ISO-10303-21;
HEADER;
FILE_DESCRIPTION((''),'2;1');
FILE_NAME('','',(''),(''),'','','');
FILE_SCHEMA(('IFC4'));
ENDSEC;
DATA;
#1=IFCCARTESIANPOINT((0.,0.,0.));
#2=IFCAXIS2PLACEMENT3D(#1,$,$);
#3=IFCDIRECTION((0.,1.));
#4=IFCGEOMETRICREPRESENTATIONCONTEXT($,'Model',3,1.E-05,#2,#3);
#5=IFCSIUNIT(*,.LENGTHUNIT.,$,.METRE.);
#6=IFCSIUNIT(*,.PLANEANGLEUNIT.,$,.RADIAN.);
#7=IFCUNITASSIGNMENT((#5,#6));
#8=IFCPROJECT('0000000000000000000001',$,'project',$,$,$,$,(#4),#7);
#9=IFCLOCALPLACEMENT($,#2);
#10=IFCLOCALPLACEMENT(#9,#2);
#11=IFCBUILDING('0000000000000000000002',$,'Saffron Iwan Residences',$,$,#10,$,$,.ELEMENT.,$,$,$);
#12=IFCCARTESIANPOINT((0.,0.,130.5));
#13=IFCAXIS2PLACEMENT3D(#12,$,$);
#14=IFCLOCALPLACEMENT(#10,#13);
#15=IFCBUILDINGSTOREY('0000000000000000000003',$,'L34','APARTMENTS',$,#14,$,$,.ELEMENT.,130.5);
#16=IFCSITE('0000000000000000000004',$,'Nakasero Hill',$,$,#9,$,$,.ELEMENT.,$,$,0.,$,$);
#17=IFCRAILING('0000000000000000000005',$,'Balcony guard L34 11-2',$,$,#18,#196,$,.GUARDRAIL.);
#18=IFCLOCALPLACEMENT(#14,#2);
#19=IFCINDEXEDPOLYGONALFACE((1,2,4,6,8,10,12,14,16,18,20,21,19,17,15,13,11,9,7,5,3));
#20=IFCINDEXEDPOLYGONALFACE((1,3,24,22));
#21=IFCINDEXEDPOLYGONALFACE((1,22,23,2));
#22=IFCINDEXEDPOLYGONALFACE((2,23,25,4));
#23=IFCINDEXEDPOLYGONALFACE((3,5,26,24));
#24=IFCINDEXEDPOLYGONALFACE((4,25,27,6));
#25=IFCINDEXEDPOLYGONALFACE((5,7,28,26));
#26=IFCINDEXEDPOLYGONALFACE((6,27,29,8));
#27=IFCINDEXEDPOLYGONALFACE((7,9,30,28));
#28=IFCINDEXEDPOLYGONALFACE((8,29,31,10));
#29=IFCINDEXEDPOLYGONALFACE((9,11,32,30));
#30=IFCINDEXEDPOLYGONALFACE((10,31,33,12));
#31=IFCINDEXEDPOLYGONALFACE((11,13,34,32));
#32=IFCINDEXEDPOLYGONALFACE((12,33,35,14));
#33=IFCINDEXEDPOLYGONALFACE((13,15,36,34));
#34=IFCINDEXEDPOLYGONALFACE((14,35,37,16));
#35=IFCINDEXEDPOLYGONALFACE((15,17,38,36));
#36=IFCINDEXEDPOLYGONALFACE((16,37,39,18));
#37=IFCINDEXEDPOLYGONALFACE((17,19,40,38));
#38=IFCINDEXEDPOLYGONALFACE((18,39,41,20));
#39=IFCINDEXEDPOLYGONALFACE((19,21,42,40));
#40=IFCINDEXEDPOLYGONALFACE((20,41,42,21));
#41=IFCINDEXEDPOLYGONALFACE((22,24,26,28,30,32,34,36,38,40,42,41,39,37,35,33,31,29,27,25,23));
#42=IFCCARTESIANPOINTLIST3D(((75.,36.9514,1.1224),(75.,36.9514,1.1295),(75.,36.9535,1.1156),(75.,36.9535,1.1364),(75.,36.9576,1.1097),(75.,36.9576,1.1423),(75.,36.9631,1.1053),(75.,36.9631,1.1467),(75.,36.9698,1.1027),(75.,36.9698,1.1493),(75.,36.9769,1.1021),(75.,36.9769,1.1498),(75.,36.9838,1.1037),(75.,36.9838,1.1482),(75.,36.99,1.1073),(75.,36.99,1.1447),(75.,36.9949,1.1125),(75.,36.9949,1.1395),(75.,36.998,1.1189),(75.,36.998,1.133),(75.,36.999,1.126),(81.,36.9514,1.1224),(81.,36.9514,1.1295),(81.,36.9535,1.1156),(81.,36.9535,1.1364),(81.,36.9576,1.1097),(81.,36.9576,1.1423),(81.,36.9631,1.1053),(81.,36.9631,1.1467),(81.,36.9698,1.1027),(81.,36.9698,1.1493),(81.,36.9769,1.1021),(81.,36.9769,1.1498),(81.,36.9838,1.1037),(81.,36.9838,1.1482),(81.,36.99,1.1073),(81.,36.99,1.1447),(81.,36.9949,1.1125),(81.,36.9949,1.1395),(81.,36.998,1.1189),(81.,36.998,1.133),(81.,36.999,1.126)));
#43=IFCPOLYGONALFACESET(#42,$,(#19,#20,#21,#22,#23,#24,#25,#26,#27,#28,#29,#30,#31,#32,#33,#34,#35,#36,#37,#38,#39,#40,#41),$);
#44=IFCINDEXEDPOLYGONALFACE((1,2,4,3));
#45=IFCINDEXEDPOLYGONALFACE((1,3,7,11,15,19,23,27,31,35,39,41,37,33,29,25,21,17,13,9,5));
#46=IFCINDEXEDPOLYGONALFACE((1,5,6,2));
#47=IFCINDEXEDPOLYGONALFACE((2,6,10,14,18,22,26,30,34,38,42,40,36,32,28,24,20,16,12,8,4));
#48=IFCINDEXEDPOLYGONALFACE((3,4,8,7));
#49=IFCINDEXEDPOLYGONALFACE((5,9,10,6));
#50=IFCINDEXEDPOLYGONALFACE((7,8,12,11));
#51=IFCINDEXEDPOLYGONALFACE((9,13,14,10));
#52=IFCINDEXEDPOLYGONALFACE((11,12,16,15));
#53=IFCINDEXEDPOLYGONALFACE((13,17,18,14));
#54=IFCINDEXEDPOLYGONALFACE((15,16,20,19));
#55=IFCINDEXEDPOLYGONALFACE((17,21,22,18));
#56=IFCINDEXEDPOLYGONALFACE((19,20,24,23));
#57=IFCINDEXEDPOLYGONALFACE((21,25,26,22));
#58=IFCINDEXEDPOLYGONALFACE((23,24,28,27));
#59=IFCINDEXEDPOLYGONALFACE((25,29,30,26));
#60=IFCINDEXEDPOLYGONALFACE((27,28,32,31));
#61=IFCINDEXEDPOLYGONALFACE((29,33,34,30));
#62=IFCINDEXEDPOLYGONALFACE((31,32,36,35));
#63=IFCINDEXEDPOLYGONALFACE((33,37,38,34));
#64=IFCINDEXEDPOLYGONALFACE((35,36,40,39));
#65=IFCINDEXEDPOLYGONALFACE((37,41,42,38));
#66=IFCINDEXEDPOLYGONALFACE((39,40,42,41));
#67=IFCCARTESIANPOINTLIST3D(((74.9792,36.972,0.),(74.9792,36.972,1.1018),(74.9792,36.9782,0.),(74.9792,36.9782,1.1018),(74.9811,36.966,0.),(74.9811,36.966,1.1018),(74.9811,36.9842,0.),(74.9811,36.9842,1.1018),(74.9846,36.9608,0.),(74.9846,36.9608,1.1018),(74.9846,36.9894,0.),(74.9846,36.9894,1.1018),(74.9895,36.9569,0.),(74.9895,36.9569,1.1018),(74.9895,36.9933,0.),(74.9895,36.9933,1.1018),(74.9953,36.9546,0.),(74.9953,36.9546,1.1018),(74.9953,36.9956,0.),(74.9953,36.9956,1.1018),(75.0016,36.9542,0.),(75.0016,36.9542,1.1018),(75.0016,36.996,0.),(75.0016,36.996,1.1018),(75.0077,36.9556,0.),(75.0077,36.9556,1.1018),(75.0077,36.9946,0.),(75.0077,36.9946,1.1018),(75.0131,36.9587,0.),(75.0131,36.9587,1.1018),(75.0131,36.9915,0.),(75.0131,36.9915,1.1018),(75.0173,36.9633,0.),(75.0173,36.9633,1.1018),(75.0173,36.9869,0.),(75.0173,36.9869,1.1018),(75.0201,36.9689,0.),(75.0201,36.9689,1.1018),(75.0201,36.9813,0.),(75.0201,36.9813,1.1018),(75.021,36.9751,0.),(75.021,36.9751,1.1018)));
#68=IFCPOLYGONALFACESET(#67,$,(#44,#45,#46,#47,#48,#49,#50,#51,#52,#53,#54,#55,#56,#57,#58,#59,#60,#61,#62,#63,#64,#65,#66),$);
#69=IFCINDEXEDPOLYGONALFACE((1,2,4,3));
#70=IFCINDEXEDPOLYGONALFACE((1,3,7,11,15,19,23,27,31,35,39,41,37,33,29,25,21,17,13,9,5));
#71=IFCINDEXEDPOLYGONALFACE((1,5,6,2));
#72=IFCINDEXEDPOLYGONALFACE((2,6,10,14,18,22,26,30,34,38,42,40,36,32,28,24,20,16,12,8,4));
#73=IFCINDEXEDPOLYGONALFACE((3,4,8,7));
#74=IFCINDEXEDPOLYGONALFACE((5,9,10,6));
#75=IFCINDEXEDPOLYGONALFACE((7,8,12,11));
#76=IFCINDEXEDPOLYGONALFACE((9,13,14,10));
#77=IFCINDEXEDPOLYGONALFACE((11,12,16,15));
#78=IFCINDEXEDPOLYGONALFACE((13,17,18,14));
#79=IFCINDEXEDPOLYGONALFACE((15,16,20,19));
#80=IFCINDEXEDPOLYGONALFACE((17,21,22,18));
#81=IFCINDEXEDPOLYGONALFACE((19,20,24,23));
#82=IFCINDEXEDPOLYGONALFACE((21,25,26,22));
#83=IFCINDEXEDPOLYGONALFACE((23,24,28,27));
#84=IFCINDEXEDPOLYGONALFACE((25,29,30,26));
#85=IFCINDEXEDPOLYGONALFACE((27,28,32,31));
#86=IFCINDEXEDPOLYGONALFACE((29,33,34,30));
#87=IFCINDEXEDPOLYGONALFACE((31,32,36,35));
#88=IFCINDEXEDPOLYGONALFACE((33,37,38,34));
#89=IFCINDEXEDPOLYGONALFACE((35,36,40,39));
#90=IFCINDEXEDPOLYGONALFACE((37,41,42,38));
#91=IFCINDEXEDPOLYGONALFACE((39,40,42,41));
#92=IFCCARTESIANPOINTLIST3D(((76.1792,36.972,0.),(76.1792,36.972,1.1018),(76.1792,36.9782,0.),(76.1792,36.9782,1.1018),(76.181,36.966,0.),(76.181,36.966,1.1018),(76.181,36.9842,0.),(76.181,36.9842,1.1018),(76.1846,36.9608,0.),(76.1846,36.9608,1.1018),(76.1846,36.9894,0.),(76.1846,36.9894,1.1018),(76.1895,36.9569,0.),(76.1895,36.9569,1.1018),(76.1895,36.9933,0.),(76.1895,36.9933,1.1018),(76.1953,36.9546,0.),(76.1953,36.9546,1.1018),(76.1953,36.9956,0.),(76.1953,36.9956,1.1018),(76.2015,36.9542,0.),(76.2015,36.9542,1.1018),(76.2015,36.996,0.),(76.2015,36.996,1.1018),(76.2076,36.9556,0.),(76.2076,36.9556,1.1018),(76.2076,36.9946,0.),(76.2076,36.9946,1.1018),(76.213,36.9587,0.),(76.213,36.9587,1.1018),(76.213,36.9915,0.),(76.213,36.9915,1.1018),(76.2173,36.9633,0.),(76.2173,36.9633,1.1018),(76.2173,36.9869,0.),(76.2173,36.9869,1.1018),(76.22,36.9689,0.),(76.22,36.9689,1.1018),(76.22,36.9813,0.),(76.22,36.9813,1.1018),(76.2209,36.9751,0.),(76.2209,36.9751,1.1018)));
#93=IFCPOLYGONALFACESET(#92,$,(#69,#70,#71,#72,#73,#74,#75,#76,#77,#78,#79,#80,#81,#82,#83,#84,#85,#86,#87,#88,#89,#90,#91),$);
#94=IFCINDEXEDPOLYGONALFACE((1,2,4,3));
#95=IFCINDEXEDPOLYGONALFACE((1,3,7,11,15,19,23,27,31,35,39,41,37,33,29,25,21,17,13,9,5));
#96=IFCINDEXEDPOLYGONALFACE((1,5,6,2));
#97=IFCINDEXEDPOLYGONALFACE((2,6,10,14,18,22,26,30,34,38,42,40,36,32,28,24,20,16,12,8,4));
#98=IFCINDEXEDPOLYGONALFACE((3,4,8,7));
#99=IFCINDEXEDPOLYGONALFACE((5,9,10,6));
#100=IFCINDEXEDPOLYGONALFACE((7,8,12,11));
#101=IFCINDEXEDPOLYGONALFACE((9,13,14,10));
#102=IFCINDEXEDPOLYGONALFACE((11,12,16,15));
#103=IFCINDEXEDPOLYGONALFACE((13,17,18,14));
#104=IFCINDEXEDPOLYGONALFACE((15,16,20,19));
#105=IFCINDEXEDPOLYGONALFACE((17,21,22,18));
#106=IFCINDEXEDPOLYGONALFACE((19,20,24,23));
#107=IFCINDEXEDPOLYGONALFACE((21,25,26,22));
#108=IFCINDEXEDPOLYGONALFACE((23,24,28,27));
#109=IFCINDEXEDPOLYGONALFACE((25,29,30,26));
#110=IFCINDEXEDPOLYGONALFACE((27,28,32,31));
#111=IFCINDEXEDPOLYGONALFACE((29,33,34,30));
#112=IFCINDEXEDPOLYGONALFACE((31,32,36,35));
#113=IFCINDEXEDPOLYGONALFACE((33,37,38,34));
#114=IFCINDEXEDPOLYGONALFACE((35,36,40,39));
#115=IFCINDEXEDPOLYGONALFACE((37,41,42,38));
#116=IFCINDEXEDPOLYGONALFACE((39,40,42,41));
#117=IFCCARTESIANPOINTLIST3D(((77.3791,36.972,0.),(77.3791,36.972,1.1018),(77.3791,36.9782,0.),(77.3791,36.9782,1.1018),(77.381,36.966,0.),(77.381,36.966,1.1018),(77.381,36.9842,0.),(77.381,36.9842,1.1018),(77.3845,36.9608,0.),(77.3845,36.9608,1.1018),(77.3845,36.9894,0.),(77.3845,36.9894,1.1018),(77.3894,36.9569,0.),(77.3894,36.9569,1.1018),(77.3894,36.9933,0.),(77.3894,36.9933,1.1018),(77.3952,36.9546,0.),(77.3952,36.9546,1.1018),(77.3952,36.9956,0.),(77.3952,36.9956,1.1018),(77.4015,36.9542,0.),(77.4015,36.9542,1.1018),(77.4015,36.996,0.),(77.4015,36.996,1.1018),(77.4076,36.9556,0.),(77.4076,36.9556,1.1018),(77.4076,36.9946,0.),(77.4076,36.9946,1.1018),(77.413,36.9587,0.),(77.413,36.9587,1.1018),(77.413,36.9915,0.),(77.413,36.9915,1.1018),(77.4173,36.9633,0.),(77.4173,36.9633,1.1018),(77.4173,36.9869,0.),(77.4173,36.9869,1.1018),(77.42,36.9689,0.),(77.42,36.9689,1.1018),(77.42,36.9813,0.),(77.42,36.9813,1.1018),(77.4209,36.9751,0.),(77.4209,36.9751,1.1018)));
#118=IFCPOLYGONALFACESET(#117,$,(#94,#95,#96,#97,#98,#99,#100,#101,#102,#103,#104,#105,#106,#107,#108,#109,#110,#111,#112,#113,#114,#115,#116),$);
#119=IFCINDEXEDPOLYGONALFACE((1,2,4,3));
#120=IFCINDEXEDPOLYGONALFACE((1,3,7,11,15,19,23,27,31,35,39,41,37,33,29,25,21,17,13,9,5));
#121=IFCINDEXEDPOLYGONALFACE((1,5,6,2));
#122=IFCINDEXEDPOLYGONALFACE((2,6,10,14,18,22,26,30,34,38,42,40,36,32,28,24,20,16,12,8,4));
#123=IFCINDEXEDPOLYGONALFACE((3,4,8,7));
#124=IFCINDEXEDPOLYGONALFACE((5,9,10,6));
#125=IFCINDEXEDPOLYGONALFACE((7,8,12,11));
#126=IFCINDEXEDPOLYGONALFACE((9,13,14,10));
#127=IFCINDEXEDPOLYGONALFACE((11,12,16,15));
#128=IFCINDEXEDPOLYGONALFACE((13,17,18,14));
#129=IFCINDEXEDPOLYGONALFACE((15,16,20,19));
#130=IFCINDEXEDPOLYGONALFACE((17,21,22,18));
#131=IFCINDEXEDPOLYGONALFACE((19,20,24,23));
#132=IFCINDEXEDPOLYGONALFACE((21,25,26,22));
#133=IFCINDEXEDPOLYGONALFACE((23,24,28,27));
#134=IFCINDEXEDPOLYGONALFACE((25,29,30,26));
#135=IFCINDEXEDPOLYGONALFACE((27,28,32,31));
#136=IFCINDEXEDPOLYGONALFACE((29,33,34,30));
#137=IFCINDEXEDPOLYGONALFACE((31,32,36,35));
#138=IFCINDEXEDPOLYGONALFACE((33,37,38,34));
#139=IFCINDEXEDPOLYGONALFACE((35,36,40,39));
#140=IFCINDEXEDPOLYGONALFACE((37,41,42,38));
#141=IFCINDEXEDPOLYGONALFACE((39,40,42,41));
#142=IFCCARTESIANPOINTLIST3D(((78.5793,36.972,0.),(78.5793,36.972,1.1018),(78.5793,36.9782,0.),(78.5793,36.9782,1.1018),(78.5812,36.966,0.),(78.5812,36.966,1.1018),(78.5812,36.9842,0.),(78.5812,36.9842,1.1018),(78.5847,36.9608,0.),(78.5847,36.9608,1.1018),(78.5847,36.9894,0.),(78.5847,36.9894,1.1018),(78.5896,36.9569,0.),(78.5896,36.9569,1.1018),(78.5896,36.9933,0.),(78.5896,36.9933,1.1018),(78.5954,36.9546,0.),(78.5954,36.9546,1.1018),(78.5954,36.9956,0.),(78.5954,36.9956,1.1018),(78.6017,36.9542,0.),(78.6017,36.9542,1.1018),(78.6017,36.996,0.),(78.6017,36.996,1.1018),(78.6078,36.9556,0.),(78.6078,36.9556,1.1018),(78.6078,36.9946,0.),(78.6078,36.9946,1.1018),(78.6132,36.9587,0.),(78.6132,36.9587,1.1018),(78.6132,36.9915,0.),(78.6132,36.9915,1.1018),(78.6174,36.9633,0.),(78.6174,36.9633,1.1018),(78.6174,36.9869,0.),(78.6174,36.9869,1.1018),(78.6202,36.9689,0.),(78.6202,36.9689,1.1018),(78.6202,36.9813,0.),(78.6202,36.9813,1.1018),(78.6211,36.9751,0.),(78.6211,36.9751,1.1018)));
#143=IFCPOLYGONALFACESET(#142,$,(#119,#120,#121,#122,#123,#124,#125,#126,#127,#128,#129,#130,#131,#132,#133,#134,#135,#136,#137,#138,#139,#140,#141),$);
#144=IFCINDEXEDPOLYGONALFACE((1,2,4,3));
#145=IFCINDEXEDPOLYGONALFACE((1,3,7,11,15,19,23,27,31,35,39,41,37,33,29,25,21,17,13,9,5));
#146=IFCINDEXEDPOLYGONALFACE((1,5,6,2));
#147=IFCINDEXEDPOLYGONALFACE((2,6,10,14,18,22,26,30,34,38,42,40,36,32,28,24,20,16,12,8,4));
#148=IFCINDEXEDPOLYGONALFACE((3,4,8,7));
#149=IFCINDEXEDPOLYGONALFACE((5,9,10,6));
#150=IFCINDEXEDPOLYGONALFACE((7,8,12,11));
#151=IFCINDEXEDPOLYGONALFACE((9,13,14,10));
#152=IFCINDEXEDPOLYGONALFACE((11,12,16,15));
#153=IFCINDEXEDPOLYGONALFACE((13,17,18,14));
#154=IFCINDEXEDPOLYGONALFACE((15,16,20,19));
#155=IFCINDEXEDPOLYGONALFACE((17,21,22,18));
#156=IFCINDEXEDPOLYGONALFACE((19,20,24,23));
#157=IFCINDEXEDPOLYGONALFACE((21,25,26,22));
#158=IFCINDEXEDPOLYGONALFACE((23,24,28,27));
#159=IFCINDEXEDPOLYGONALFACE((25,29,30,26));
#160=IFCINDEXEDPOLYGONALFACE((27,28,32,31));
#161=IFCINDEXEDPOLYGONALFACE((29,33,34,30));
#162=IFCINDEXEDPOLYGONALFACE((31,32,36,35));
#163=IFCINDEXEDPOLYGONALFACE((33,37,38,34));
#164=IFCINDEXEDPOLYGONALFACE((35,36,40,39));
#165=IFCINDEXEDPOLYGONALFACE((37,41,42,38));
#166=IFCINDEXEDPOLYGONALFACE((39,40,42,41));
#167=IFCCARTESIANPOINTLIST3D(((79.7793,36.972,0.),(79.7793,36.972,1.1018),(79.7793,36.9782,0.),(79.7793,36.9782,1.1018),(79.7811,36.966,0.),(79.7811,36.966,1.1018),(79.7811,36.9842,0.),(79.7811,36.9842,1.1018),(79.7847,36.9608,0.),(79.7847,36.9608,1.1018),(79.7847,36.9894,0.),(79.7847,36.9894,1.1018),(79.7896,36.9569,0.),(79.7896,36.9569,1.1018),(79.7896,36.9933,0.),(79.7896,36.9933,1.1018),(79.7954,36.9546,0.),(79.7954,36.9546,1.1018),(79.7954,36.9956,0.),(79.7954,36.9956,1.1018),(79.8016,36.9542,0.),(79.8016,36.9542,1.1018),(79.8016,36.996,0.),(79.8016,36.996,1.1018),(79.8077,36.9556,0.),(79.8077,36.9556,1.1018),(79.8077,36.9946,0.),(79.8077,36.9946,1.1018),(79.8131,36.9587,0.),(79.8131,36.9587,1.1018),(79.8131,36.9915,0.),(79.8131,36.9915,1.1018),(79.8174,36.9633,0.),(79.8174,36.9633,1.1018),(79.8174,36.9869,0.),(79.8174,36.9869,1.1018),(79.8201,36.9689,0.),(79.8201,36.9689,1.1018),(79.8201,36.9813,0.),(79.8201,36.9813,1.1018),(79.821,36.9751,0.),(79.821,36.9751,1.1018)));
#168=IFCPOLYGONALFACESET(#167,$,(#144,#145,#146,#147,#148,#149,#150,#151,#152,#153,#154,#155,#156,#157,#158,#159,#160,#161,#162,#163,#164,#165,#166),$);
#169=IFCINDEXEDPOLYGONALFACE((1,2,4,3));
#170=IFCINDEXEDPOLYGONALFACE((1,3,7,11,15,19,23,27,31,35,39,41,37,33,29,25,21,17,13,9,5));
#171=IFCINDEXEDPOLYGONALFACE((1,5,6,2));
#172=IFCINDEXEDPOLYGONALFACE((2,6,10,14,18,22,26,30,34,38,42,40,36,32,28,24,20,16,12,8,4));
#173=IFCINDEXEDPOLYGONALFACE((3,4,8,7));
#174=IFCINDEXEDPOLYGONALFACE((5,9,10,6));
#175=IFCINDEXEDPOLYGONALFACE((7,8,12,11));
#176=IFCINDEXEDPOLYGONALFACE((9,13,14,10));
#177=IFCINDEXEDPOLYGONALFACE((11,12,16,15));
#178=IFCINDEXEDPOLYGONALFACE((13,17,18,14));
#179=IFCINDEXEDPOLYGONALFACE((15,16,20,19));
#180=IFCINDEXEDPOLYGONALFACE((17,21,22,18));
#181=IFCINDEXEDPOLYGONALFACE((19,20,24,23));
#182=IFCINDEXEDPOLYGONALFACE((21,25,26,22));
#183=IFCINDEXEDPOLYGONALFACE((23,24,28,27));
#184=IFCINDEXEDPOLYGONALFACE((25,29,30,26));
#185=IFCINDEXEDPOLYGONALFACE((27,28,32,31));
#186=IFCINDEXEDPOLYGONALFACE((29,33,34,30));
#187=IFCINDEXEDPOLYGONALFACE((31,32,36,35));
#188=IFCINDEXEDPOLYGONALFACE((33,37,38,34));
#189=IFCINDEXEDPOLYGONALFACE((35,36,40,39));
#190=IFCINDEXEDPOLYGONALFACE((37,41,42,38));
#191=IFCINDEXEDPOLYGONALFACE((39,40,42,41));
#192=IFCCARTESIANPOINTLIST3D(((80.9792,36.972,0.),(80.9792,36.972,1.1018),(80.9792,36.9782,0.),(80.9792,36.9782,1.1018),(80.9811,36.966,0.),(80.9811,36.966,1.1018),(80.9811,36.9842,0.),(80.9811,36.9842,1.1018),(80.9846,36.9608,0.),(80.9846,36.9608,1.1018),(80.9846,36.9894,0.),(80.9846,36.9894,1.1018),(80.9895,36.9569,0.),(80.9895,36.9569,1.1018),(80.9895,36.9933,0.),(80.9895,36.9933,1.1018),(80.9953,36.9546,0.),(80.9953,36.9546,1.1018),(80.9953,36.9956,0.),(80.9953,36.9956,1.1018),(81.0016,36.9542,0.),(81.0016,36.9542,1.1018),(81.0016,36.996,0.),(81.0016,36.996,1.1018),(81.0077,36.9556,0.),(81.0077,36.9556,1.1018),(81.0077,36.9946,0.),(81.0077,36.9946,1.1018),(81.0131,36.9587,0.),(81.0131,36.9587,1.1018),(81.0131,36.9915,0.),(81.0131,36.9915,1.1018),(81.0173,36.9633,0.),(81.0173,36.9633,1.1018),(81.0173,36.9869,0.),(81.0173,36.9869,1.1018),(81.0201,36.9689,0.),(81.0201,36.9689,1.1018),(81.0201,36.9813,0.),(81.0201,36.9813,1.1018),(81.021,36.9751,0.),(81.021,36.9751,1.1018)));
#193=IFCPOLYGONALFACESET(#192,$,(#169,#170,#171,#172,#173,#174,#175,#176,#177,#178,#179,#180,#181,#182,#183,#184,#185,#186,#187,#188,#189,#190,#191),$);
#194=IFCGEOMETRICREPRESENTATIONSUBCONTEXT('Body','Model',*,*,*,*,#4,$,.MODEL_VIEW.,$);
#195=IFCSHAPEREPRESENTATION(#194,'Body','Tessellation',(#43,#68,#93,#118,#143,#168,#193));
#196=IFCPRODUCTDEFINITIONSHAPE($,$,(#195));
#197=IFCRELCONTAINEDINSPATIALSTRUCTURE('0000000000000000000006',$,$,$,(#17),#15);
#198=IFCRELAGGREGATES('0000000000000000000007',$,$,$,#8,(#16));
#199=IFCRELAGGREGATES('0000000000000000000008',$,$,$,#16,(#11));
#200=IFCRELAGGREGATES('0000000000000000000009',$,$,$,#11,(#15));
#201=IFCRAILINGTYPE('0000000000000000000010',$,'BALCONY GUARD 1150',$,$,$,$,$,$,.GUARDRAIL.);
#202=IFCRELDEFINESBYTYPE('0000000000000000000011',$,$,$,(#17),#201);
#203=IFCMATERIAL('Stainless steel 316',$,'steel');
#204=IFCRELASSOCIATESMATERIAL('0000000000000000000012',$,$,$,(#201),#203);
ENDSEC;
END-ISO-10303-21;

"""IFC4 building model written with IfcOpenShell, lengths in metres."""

from ifc_helpers import new_model, si_unit, direction, frame, origin, origin_2d, place, context, subcontext, project, spatial, circle, extrude, material, type_object, element, save


model = new_model("IFC4")

# Units and contexts
model_context = context("Model", 3, precision=1e-05, world=origin(), true_north=direction((0.0, 1.0)))
body_context = subcontext(model_context, "Body", "Model", "MODEL_VIEW")
ifc_project = project(units=[si_unit("LENGTHUNIT", "METRE"), si_unit("PLANEANGLEUNIT", "RADIAN")], contexts=[model_context])

# Site, building, storey
site_placement = place(None, origin())
site = spatial("IfcSite", under=ifc_project, at=site_placement, Name="Nakasero Hill", CompositionType="ELEMENT", RefElevation=0.0)
building_placement = place(site_placement, origin())
building = spatial("IfcBuilding", under=site, at=building_placement, Name="Saffron Iwan Residences", CompositionType="ELEMENT")
storey_placement = place(building_placement, frame((0.0, 0.0, 130.5)))
storey = spatial("IfcBuildingStorey", under=building, at=storey_placement, Name="L34", Description="APARTMENTS", CompositionType="ELEMENT", Elevation=130.5)

# Railing
ifc_material_1 = material(Name="Stainless steel 316", Category="steel")
railing_type = type_object("IfcRailingType", Name="BALCONY GUARD 1150", PredefinedType="GUARDRAIL", material=ifc_material_1)
railing_placement = place(storey_placement, frame((75.0, 36.9751, 0.0)))
element("IfcRailing", 1, at=railing_placement, inside=storey, type_object=railing_type, Name="Balcony guard L34 11-2", PredefinedType="GUARDRAIL", context=body_context, shape_type="SweptSolid", body=[
    extrude(circle(Radius=0.0239, at=origin_2d()), frame((0.0, 0.0, 1.126), z_axis=(1.0, 0.0, 0.0), x_axis=(0.0, 1.0, 0.0)), (0.0, 0.0, 1.0), 6.0),
    extrude(circle(Radius=0.021, at=origin_2d()), origin(), (0.0, 0.0, 1.0), 1.1018),
    extrude(circle(Radius=0.021, at=origin_2d()), frame((1.2, 0.0, 0.0)), (0.0, 0.0, 1.0), 1.1018),
    extrude(circle(Radius=0.021, at=origin_2d()), frame((2.3999, 0.0, 0.0)), (0.0, 0.0, 1.0), 1.1018),
    extrude(circle(Radius=0.021, at=origin_2d()), frame((3.6001, 0.0, 0.0)), (0.0, 0.0, 1.0), 1.1018),
    extrude(circle(Radius=0.021, at=origin_2d()), frame((4.8, 0.0, 0.0)), (0.0, 0.0, 1.0), 1.1018),
    extrude(circle(Radius=0.021, at=origin_2d()), frame((6.0, 0.0, 0.0)), (0.0, 0.0, 1.0), 1.1018),
])

save(model, "model.ifc")
